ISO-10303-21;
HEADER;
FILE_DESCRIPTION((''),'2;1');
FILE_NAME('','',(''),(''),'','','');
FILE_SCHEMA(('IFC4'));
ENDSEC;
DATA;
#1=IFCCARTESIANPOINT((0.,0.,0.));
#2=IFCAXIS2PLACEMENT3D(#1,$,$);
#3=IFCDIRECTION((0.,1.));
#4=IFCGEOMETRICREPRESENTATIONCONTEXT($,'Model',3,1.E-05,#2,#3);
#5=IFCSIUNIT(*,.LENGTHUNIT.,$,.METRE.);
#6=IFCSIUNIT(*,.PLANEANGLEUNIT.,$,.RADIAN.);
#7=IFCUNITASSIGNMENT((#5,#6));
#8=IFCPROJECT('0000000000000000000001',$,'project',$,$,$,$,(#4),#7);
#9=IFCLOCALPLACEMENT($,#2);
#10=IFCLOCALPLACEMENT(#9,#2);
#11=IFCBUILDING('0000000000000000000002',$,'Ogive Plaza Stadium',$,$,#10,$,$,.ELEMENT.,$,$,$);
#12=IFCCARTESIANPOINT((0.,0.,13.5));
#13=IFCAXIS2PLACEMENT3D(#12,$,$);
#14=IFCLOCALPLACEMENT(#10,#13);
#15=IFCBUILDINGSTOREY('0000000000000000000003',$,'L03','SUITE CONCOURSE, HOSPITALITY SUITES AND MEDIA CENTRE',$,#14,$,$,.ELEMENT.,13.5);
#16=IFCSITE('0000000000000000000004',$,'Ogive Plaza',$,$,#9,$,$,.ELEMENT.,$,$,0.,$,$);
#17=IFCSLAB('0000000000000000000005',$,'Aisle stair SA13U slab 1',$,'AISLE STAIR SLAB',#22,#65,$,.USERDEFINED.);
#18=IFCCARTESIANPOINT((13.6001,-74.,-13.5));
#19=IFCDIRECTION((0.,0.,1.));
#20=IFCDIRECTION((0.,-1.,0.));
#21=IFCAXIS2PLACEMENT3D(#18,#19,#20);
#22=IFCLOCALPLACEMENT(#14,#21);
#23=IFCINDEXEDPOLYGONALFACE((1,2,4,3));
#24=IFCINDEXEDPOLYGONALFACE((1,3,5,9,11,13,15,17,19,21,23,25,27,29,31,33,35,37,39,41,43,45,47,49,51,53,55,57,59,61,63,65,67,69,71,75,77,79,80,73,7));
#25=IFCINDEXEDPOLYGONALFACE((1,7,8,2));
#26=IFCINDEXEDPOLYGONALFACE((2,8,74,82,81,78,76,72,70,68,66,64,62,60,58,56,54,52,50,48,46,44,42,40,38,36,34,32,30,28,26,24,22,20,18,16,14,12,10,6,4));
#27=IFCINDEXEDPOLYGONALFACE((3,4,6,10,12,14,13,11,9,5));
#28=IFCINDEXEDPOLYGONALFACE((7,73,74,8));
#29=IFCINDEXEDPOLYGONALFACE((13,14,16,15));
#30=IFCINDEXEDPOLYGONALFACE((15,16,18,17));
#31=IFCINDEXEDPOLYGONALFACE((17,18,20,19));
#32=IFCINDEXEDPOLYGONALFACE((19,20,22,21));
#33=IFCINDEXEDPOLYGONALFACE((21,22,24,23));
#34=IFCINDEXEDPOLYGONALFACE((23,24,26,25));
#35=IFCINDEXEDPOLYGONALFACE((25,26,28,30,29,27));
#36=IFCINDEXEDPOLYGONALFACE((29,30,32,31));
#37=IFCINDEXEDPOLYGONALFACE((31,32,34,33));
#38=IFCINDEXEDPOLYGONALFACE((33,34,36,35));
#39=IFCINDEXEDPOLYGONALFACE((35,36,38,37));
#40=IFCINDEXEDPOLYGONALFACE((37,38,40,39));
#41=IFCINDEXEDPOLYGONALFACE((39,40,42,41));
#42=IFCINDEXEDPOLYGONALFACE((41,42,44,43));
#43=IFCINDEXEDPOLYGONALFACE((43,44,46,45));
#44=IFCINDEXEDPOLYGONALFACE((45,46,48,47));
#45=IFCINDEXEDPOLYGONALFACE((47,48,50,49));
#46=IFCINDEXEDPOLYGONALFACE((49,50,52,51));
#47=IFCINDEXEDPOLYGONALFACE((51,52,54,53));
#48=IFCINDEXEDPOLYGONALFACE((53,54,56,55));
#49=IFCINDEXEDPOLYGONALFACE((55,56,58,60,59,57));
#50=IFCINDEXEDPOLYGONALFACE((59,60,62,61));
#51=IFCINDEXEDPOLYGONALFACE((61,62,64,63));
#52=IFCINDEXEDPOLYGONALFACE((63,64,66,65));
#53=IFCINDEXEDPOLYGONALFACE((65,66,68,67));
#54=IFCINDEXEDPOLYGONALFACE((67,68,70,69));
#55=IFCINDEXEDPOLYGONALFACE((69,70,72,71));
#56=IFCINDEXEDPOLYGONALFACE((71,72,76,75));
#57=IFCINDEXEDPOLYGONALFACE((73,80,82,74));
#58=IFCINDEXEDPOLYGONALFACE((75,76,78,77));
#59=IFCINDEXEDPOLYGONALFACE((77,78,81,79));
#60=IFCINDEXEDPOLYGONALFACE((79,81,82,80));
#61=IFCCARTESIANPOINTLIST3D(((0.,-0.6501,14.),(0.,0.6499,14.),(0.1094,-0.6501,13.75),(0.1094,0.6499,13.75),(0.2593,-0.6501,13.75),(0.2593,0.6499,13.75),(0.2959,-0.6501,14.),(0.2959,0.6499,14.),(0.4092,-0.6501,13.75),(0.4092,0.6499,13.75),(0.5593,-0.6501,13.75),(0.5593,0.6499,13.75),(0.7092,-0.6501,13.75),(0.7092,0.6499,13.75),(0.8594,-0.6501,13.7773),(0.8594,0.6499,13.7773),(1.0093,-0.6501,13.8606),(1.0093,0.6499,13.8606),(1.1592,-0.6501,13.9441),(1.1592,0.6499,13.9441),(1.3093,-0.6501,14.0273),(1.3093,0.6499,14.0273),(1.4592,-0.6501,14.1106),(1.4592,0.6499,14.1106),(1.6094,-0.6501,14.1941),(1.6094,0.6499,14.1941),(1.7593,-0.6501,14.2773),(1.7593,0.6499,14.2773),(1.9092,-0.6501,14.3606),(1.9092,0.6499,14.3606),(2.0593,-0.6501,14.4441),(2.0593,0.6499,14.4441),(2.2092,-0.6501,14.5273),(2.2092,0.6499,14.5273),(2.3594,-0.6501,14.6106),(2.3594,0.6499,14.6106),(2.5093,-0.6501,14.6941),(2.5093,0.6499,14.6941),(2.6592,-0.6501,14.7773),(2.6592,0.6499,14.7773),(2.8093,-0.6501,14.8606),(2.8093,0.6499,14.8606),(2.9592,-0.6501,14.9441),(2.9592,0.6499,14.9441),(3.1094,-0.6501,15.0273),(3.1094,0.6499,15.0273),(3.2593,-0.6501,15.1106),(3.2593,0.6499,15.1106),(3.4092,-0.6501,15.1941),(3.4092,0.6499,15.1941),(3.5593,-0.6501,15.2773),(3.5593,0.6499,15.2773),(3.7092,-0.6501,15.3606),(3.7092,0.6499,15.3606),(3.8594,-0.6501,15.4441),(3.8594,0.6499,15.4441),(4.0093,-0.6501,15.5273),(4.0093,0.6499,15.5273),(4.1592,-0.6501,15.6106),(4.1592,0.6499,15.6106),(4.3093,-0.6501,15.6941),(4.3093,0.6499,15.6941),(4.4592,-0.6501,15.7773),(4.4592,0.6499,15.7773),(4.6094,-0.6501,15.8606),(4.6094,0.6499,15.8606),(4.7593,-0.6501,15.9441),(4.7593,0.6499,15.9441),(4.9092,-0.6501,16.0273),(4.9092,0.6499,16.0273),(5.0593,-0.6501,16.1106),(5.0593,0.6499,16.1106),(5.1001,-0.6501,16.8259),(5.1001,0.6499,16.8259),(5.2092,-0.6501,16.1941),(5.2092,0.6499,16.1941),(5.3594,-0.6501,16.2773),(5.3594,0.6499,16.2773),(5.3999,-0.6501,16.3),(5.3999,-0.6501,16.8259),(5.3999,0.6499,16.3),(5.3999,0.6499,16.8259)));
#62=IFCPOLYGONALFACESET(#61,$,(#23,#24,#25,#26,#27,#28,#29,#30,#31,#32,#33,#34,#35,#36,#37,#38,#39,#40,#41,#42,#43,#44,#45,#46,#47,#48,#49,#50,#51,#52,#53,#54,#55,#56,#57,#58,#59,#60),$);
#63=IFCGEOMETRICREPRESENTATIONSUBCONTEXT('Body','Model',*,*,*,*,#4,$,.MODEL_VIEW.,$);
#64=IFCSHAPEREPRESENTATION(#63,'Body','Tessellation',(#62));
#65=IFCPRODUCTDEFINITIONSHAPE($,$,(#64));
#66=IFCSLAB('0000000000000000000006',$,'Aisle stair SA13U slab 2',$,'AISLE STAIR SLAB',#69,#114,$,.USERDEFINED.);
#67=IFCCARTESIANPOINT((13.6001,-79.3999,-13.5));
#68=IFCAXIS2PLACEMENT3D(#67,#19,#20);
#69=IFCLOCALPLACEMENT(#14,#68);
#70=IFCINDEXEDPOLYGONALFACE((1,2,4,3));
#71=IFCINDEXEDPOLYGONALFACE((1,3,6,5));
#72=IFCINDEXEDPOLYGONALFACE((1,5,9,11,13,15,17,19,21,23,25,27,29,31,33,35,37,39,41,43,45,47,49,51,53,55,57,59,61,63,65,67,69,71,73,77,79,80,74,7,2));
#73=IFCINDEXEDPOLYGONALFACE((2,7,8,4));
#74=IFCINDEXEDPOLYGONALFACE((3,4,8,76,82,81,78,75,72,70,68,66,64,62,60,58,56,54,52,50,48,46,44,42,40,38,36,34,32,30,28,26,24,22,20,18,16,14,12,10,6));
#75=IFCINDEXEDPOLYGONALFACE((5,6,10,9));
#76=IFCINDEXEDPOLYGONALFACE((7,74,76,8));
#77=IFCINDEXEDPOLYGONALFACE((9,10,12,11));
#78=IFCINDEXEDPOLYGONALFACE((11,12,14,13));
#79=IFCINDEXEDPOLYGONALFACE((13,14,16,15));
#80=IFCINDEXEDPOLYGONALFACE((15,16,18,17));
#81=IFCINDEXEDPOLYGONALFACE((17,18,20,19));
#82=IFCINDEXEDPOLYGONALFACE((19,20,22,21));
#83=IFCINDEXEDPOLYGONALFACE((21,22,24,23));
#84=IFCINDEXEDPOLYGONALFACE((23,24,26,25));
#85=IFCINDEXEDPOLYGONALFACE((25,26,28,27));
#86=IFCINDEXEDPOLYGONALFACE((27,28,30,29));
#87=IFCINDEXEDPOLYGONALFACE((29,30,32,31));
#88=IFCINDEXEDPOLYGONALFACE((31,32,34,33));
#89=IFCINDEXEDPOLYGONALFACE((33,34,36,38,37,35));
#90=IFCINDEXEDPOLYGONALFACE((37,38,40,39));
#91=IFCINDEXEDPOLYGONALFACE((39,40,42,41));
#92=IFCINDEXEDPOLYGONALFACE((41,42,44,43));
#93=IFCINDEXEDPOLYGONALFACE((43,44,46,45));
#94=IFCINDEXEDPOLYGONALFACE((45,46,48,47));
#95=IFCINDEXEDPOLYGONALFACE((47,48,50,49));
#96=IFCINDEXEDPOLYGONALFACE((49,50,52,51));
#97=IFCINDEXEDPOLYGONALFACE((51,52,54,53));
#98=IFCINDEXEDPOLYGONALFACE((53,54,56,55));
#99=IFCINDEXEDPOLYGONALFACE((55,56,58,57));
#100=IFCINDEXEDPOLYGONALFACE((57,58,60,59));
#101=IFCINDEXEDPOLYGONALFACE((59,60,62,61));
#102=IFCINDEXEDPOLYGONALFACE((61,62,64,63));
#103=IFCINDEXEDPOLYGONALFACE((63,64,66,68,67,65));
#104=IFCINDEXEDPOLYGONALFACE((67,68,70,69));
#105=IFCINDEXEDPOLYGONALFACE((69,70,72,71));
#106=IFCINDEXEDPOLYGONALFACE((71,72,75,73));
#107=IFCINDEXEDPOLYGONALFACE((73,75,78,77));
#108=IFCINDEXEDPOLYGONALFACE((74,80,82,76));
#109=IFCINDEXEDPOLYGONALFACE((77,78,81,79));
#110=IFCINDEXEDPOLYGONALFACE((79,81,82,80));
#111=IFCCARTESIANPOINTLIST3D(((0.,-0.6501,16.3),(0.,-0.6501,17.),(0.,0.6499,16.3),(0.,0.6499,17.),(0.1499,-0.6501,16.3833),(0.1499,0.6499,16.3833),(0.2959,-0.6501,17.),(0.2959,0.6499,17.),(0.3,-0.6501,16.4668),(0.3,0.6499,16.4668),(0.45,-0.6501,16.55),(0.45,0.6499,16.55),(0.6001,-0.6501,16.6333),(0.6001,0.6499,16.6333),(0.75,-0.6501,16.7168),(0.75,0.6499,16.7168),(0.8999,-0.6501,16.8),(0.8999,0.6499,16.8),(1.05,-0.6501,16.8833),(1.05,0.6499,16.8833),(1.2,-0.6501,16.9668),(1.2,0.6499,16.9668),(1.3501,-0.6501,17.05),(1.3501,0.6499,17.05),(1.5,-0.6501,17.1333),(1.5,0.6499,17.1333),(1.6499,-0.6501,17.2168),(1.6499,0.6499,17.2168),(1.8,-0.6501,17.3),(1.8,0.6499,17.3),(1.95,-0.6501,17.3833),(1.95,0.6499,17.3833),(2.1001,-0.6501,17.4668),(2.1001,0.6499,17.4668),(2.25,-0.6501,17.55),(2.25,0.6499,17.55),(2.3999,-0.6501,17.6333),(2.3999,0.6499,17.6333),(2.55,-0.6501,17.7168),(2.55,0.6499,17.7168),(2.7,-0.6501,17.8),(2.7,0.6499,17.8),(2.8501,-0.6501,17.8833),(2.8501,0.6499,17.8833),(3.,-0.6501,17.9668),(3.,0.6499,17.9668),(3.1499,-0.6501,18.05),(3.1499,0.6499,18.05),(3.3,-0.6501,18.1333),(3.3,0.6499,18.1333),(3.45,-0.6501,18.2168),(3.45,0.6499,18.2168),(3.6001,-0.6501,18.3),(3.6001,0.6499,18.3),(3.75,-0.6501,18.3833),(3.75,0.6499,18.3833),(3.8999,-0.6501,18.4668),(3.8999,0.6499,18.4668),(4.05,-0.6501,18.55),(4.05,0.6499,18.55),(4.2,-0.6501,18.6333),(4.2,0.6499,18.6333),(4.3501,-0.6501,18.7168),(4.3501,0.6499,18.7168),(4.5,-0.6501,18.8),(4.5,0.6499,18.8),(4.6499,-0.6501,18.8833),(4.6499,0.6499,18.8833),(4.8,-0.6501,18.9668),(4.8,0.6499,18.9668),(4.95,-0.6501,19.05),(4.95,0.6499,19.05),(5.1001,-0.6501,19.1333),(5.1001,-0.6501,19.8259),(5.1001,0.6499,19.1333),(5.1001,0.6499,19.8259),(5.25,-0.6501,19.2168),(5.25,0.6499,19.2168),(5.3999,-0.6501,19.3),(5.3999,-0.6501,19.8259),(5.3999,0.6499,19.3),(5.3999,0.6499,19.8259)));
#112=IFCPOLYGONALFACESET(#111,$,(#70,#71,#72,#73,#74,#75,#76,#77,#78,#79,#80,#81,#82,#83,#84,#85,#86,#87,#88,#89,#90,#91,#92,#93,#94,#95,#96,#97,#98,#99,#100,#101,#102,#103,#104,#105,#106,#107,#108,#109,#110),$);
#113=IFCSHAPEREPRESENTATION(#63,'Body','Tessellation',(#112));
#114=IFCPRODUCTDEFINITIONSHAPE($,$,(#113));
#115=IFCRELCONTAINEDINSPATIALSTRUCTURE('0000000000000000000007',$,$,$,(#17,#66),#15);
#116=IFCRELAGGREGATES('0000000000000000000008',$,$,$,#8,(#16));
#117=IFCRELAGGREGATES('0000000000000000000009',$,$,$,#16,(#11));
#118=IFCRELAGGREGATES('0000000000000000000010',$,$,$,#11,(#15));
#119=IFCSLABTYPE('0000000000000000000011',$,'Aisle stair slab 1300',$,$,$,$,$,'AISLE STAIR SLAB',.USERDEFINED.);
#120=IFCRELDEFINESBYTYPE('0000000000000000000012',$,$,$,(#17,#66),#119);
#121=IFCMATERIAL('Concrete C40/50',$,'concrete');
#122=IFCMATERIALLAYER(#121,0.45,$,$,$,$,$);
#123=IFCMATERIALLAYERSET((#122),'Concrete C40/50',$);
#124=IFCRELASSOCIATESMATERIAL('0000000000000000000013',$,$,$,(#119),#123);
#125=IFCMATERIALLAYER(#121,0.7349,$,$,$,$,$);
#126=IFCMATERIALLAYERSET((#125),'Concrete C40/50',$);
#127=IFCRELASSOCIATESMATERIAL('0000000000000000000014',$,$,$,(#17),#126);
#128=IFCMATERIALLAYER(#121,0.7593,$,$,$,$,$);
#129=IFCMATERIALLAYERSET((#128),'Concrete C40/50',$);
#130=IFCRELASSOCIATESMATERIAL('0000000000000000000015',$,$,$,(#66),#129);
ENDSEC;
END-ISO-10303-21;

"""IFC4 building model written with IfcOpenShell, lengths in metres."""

from ifc_helpers import new_model, si_unit, direction, frame, origin, place, context, subcontext, project, spatial, polyline, outline, extrude, material, layer, layer_set, type_object, element, save


model = new_model("IFC4")

# Units and contexts
model_context = context("Model", 3, precision=1e-05, world=origin(), true_north=direction((0.0, 1.0)))
body_context = subcontext(model_context, "Body", "Model", "MODEL_VIEW")
ifc_project = project(units=[si_unit("LENGTHUNIT", "METRE"), si_unit("PLANEANGLEUNIT", "RADIAN")], contexts=[model_context])

# Site, building, storey
site_placement = place(None, origin())
site = spatial("IfcSite", under=ifc_project, at=site_placement, Name="Ogive Plaza", CompositionType="ELEMENT", RefElevation=0.0)
building_placement = place(site_placement, origin())
building = spatial("IfcBuilding", under=site, at=building_placement, Name="Ogive Plaza Stadium", CompositionType="ELEMENT")
storey_placement = place(building_placement, frame((0.0, 0.0, 13.5)))
storey = spatial("IfcBuildingStorey", under=building, at=storey_placement, Name="L03", Description="SUITE CONCOURSE, HOSPITALITY SUITES AND MEDIA CENTRE", CompositionType="ELEMENT", Elevation=13.5)

# Slabs
ifc_material_1 = material(Name="Concrete C40/50", Category="concrete")
ifc_layer_1 = layer(ifc_material_1, 0.7349)
ifc_layer_set_1 = layer_set([ifc_layer_1], Name="Concrete C40/50")
ifc_layer_2 = layer(ifc_material_1, 0.45)
ifc_layer_set_2 = layer_set([ifc_layer_2], Name="Concrete C40/50")
slab_type = type_object("IfcSlabType", Name="Aisle stair slab 1300", ElementType="AISLE STAIR SLAB", PredefinedType="USERDEFINED", material=ifc_layer_set_2)
slab_1_placement = place(storey_placement, frame((13.6001, -74.0, -13.5), z_axis=(0.0, 0.0, 1.0), x_axis=(0.0, -1.0, 0.0)))
element("IfcSlab", 1, at=slab_1_placement, inside=storey, type_object=slab_type, material=ifc_layer_set_1, Name="Aisle stair SA13U slab 1", ObjectType="AISLE STAIR SLAB", PredefinedType="USERDEFINED", context=body_context, shape_type="SweptSolid", body=[
    extrude(outline(polyline([(0.0, 14.0), (0.2959, 14.0), (5.1001, 16.8259), (5.3999, 16.8259), (5.3999, 16.3), (5.3594, 16.2773), (5.2092, 16.1941), (5.0593, 16.1106), (4.9092, 16.0273), (4.7593, 15.9441), (4.6094, 15.8606), (4.4592, 15.7773), (4.3093, 15.6941), (4.1592, 15.6106), (4.0093, 15.5273), (3.8594, 15.4441), (3.7092, 15.3606), (3.5593, 15.2773), (3.4092, 15.1941), (3.2593, 15.1106), (3.1094, 15.0273), (2.9592, 14.9441), (2.8093, 14.8606), (2.6592, 14.7773), (2.5093, 14.6941), (2.3594, 14.6106), (2.2092, 14.5273), (2.0593, 14.4441), (1.9092, 14.3606), (1.7593, 14.2773), (1.6094, 14.1941), (1.4592, 14.1106), (1.3093, 14.0273), (1.1592, 13.9441), (1.0093, 13.8606), (0.8594, 13.7773), (0.7092, 13.75), (0.5593, 13.75), (0.4092, 13.75), (0.2593, 13.75), (0.1094, 13.75), (0.0, 14.0)])), frame((0.0, 0.6499, 0.0), z_axis=(0.0, -1.0, 0.0), x_axis=(1.0, 0.0, 0.0)), (0.0, 0.0, 1.0), 1.3),
])
ifc_layer_3 = layer(ifc_material_1, 0.7593)
ifc_layer_set_3 = layer_set([ifc_layer_3], Name="Concrete C40/50")
slab_2_placement = place(storey_placement, frame((13.6001, -79.3999, -13.5), z_axis=(0.0, 0.0, 1.0), x_axis=(0.0, -1.0, 0.0)))
element("IfcSlab", 2, at=slab_2_placement, inside=storey, type_object=slab_type, material=ifc_layer_set_3, Name="Aisle stair SA13U slab 2", ObjectType="AISLE STAIR SLAB", PredefinedType="USERDEFINED", context=body_context, shape_type="SweptSolid", body=[
    extrude(outline(polyline([(0.0, 17.0), (0.2959, 17.0), (5.1001, 19.8259), (5.3999, 19.8259), (5.3999, 19.3), (5.25, 19.2168), (5.1001, 19.1333), (4.95, 19.05), (4.8, 18.9668), (4.6499, 18.8833), (4.5, 18.8), (4.3501, 18.7168), (4.2, 18.6333), (4.05, 18.55), (3.8999, 18.4668), (3.75, 18.3833), (3.6001, 18.3), (3.45, 18.2168), (3.3, 18.1333), (3.1499, 18.05), (3.0, 17.9668), (2.8501, 17.8833), (2.7, 17.8), (2.55, 17.7168), (2.3999, 17.6333), (2.25, 17.55), (2.1001, 17.4668), (1.95, 17.3833), (1.8, 17.3), (1.6499, 17.2168), (1.5, 17.1333), (1.3501, 17.05), (1.2, 16.9668), (1.05, 16.8833), (0.8999, 16.8), (0.75, 16.7168), (0.6001, 16.6333), (0.45, 16.55), (0.3, 16.4668), (0.1499, 16.3833), (0.0, 16.3), (0.0, 17.0)])), frame((0.0, 0.6499, 0.0), z_axis=(0.0, -1.0, 0.0), x_axis=(1.0, 0.0, 0.0)), (0.0, 0.0, 1.0), 1.3),
])

save(model, "model.ifc")
